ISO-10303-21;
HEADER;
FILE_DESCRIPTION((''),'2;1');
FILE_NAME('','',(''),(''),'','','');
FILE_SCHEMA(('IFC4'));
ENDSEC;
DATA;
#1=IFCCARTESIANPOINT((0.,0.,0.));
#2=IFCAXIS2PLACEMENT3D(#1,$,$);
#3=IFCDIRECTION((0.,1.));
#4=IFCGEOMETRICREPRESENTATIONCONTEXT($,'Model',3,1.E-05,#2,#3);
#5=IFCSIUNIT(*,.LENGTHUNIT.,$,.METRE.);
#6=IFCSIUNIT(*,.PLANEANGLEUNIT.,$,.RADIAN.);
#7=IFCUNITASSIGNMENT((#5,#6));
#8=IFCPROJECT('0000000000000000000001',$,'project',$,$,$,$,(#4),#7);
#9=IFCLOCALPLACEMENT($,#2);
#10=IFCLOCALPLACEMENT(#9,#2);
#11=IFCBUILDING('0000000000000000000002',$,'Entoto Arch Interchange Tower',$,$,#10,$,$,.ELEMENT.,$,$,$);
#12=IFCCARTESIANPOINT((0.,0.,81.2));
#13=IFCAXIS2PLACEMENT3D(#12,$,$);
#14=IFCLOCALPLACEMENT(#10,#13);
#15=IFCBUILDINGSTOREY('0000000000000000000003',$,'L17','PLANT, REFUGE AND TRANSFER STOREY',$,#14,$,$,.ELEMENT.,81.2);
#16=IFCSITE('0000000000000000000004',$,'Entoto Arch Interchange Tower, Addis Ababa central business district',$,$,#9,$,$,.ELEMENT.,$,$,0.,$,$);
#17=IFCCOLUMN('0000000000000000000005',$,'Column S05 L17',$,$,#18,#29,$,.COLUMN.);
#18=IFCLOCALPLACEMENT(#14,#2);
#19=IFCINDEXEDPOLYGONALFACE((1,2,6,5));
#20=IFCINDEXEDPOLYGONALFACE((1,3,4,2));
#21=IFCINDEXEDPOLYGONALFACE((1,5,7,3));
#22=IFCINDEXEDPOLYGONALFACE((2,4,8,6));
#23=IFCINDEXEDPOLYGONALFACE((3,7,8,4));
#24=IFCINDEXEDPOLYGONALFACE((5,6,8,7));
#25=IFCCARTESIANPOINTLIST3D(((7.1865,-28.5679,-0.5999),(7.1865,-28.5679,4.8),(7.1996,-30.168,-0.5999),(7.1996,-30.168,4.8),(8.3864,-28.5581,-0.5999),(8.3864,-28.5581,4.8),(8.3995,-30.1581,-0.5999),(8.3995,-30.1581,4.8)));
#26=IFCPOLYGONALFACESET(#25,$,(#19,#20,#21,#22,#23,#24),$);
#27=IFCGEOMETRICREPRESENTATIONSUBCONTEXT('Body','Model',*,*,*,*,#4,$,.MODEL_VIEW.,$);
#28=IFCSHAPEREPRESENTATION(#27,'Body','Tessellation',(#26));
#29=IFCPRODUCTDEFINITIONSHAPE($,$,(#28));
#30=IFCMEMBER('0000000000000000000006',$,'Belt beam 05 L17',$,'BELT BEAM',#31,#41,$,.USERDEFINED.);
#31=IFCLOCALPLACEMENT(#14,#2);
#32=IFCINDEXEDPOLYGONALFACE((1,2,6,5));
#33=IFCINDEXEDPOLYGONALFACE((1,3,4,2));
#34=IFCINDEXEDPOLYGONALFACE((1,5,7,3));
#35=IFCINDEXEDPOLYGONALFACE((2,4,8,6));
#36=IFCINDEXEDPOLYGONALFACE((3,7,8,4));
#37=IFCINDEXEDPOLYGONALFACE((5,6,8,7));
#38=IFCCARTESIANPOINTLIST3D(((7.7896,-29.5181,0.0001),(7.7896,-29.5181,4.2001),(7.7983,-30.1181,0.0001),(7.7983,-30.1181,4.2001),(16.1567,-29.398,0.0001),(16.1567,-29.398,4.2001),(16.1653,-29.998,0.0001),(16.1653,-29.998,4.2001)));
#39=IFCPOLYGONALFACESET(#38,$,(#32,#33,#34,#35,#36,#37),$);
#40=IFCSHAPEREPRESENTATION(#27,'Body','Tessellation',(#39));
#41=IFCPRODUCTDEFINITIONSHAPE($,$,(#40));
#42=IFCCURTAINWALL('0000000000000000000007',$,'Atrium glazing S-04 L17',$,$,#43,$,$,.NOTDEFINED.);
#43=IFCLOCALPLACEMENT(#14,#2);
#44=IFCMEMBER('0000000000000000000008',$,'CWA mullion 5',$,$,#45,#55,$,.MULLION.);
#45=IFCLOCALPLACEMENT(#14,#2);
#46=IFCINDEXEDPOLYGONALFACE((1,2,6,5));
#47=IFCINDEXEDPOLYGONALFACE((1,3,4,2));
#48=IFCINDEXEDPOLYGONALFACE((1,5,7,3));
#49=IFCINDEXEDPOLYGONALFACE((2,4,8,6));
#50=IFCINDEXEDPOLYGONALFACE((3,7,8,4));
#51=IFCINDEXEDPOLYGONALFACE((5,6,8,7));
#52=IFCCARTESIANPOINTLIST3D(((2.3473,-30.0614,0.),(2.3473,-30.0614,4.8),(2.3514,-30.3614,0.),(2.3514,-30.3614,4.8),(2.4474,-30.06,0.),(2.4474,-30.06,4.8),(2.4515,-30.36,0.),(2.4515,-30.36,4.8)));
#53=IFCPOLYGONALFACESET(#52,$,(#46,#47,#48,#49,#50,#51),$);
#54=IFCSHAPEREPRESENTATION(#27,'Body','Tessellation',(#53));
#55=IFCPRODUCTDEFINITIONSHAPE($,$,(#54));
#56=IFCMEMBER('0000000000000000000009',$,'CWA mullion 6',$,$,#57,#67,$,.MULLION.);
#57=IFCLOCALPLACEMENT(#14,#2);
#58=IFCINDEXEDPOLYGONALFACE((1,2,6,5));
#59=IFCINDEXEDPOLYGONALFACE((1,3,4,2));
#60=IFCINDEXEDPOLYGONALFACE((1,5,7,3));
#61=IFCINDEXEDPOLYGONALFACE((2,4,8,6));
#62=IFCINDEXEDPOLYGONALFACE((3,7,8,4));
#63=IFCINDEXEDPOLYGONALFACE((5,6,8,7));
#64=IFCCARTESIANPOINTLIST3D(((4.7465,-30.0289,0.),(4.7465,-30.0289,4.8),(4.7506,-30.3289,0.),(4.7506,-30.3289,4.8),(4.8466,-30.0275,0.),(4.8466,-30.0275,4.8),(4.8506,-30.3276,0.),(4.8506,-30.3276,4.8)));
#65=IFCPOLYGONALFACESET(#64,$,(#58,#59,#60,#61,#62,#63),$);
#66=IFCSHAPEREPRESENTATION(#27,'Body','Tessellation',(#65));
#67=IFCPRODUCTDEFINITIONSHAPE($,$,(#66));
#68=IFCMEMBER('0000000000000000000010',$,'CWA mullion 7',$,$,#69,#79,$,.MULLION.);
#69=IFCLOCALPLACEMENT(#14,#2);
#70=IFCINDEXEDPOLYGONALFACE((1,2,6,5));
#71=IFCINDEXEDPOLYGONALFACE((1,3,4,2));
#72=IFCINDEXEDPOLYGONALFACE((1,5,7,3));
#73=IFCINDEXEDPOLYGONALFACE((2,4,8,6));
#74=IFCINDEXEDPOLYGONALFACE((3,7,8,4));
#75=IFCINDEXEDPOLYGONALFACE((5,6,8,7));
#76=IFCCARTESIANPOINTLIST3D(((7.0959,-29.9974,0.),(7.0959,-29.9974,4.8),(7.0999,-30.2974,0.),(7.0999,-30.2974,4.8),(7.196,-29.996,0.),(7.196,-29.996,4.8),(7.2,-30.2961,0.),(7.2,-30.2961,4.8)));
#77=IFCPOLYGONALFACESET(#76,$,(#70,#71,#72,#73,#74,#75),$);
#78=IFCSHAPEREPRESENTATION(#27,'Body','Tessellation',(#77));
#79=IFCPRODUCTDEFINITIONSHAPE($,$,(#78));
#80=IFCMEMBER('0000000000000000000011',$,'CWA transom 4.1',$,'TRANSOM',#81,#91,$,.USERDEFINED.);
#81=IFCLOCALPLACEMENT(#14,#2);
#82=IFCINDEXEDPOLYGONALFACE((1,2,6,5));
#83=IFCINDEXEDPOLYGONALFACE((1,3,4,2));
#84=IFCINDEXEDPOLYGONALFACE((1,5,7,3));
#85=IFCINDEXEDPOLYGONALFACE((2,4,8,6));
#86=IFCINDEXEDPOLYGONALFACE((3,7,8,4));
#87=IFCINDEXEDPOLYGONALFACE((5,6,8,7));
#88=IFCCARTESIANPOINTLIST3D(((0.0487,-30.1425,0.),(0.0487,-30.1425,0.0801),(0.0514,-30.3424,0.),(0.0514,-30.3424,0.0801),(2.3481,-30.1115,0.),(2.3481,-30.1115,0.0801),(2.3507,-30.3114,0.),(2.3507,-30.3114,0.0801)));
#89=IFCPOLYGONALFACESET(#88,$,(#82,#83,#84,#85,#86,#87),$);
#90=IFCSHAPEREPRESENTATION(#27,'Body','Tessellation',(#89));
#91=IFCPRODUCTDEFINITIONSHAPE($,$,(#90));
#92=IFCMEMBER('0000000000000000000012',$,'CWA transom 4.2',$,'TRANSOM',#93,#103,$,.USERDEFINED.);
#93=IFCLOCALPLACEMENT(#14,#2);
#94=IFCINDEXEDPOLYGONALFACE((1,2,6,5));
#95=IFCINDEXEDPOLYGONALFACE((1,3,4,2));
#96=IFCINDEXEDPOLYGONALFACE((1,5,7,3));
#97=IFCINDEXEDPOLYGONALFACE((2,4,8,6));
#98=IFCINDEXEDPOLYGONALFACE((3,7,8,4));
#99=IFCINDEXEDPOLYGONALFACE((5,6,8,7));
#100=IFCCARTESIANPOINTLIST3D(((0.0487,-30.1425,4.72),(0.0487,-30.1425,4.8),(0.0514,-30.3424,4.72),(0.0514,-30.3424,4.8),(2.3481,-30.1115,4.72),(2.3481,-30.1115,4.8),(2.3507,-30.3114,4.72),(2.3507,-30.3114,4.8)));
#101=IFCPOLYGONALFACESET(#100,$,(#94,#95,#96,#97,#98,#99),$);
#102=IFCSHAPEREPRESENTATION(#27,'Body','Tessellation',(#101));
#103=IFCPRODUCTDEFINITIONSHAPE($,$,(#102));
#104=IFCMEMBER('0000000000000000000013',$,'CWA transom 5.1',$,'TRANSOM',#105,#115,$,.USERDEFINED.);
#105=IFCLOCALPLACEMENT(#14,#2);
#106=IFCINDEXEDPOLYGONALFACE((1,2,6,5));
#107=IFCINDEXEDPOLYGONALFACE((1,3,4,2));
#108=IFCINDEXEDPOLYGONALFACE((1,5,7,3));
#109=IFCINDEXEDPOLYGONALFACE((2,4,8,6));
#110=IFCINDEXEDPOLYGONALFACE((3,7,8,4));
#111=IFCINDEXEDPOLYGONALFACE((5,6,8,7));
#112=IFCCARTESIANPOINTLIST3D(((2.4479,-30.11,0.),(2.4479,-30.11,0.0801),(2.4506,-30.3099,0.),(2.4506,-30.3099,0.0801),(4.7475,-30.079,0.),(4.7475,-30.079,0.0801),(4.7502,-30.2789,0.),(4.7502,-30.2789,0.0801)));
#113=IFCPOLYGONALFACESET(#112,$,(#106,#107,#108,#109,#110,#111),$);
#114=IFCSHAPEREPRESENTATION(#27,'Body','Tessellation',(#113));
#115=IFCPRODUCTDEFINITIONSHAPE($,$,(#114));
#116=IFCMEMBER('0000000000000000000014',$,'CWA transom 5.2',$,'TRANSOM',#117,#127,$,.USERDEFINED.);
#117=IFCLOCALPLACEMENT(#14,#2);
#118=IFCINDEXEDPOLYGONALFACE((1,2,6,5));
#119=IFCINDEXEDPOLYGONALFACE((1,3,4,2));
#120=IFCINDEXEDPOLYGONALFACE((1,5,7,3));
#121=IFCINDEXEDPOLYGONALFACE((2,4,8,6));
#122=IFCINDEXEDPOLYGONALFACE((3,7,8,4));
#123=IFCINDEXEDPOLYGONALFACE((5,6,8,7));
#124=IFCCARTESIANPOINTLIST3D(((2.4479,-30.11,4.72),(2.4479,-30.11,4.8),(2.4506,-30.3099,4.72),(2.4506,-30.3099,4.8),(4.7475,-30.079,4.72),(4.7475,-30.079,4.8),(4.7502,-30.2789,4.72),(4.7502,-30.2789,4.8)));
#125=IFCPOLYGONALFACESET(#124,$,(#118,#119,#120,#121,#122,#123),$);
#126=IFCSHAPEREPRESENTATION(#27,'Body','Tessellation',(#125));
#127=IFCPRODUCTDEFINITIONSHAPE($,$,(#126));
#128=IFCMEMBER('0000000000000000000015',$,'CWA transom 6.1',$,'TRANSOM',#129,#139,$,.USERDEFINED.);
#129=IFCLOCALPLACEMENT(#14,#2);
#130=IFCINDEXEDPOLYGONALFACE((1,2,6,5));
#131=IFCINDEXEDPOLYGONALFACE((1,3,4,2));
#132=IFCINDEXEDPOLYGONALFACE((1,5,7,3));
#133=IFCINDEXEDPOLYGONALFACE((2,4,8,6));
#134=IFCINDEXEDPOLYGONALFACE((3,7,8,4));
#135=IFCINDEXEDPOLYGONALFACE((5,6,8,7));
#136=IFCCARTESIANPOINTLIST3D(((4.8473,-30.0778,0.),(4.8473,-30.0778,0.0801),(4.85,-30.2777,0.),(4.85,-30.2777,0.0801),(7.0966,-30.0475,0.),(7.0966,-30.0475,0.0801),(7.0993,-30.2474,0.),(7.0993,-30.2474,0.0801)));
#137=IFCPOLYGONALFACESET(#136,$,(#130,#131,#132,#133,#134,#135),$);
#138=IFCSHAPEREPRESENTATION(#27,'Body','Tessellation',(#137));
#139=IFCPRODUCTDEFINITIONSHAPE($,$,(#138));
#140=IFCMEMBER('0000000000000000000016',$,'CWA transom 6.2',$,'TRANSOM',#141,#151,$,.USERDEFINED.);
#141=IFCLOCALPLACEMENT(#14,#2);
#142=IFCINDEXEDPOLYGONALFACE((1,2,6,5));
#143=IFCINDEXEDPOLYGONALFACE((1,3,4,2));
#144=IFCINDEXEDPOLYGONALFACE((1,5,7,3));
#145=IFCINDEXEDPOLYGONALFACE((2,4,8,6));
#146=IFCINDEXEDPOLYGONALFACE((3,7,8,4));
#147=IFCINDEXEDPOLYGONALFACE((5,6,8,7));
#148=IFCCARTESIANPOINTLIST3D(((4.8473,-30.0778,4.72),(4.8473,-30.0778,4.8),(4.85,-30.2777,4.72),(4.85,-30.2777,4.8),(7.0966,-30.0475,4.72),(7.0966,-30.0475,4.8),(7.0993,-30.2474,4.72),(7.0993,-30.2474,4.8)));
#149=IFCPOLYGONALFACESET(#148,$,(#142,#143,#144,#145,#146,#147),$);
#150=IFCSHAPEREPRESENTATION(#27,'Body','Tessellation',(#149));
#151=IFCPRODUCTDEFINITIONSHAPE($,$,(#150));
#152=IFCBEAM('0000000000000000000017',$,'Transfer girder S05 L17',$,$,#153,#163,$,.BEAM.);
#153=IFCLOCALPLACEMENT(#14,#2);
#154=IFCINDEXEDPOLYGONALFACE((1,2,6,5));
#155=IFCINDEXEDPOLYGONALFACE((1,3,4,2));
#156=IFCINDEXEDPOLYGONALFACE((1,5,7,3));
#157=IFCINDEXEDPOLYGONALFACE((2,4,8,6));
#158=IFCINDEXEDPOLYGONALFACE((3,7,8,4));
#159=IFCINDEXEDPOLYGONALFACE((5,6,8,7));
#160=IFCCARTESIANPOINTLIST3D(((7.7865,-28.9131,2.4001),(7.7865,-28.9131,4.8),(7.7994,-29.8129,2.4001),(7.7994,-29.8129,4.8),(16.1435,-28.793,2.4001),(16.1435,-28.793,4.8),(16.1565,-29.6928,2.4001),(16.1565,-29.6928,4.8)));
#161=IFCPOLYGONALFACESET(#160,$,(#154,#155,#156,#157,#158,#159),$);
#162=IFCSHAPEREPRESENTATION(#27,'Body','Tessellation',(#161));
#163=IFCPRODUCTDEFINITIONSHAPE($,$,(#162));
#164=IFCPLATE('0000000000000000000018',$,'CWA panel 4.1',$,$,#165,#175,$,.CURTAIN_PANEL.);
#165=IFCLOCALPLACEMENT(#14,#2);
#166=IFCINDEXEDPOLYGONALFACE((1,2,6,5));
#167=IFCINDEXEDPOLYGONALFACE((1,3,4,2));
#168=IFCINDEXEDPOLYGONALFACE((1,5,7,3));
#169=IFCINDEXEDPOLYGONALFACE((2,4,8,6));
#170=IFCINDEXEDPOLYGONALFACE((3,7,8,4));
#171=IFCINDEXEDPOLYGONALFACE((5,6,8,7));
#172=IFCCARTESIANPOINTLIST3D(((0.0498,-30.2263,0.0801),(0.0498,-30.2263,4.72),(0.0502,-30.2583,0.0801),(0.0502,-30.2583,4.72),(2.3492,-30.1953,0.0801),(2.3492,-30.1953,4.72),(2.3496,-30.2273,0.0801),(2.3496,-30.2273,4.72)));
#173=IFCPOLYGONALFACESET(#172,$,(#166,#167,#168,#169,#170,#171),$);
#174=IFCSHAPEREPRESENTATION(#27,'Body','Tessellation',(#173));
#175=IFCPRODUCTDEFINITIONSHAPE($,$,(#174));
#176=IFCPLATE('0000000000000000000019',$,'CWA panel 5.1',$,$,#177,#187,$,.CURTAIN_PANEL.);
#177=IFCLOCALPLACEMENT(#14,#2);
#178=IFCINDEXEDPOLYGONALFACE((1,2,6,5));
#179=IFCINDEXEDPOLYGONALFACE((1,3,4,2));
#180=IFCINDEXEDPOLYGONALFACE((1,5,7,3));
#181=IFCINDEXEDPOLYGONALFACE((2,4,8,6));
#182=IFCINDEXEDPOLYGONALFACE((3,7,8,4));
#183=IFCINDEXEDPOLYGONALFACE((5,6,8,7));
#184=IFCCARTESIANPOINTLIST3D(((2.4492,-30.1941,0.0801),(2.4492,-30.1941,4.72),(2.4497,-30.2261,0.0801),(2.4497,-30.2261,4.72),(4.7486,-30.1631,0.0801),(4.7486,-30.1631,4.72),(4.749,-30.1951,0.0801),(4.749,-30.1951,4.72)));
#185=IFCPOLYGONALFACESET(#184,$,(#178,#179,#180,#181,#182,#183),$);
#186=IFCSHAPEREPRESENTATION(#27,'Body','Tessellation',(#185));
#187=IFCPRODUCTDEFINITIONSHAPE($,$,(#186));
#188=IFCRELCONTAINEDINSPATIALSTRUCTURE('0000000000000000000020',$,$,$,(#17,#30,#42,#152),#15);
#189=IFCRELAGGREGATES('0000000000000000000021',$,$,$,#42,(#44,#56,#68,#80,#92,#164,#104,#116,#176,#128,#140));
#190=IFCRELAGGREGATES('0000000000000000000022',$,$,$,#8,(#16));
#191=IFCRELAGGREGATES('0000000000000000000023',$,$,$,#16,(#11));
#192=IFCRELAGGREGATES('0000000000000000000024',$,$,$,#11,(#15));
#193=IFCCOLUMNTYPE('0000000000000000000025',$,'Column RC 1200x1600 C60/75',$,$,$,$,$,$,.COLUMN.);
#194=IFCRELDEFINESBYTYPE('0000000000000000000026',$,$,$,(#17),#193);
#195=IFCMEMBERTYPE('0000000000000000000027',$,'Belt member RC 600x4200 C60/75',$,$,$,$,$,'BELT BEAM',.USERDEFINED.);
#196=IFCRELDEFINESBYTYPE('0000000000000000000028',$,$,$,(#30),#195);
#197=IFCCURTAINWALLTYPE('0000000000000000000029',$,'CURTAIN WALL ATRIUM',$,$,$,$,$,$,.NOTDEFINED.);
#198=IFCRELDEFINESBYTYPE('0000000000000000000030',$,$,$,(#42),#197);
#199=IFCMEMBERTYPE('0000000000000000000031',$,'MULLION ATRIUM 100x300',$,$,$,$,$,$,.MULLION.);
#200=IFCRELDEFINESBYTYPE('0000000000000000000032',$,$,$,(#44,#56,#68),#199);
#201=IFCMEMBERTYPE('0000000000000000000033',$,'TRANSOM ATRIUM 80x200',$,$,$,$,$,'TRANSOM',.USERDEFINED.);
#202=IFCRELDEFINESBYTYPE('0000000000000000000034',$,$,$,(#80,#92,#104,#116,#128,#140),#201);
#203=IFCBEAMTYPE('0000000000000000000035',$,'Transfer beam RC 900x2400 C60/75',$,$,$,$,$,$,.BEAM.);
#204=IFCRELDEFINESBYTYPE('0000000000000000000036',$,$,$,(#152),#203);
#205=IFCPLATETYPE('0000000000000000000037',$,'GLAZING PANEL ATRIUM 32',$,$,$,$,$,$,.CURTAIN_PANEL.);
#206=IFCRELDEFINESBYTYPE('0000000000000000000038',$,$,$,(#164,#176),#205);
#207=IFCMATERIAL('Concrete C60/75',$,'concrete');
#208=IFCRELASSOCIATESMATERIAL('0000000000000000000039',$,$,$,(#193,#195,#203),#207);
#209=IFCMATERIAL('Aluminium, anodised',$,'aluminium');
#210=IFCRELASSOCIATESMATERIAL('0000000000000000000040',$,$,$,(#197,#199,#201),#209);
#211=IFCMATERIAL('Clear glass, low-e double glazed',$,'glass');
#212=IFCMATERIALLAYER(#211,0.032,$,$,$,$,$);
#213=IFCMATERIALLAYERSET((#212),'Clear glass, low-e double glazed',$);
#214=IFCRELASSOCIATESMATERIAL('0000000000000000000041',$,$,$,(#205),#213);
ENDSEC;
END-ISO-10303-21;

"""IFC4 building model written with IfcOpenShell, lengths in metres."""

from ifc_helpers import new_model, si_unit, direction, frame, origin, origin_2d, place, context, subcontext, project, spatial, rectangle, extrude, material, layer, layer_set, material_profile, profile_set, type_object, element, aggregate, save


model = new_model("IFC4")

# Units and contexts
model_context = context("Model", 3, precision=1e-05, world=origin(), true_north=direction((0.0, 1.0)))
body_context = subcontext(model_context, "Body", "Model", "MODEL_VIEW")
ifc_project = project(units=[si_unit("LENGTHUNIT", "METRE"), si_unit("PLANEANGLEUNIT", "RADIAN")], contexts=[model_context])

# Site, building, storey
site_placement = place(None, origin())
site = spatial("IfcSite", under=ifc_project, at=site_placement, Name="Entoto Arch Interchange Tower, Addis Ababa central business district", CompositionType="ELEMENT", RefElevation=0.0)
building_placement = place(site_placement, origin())
building = spatial("IfcBuilding", under=site, at=building_placement, Name="Entoto Arch Interchange Tower", CompositionType="ELEMENT")
storey_placement = place(building_placement, frame((0.0, 0.0, 81.2)))
storey = spatial("IfcBuildingStorey", under=building, at=storey_placement, Name="L17", Description="PLANT, REFUGE AND TRANSFER STOREY", CompositionType="ELEMENT", Elevation=81.2)

# Column
ifc_material_1 = material(Name="Concrete C60/75", Category="concrete")
ifc_material_profile_1 = material_profile(ifc_material_1, rectangle(XDim=1.2, YDim=1.6001, at=origin_2d()))
ifc_profile_set_1 = profile_set([ifc_material_profile_1], Name="Concrete C60/75")
column_type = type_object("IfcColumnType", Name="Column RC 1200x1600 C60/75", PredefinedType="COLUMN", material=ifc_profile_set_1)
column_placement = place(storey_placement, frame((7.793, -29.363, -0.5999), z_axis=(0.0, 0.0, 1.0), x_axis=(0.999966, 0.008203, 0.0)))
element("IfcColumn", 1, at=column_placement, inside=storey, type_object=column_type, Name="Column S05 L17", PredefinedType="COLUMN", context=body_context, shape_type="SweptSolid", body=[
    extrude(rectangle(XDim=1.2, YDim=1.6001, at=origin_2d()), origin(), (0.0, 0.0, 1.0), 5.3999),
])

# Member
ifc_material_profile_2 = material_profile(ifc_material_1, rectangle(XDim=0.6001, YDim=4.2, at=origin_2d()))
ifc_profile_set_2 = profile_set([ifc_material_profile_2], Name="Concrete C60/75")
member_type_1 = type_object("IfcMemberType", Name="Belt member RC 600x4200 C60/75", ElementType="BELT BEAM", PredefinedType="USERDEFINED", material=ifc_profile_set_2)
member_1_placement = place(storey_placement, frame((7.7939, -29.8181, 2.1001), z_axis=(0.999897, 0.014355, 0.0), x_axis=(-0.014355, 0.999897, 0.0)))
element("IfcMember", 2, at=member_1_placement, inside=storey, type_object=member_type_1, Name="Belt beam 05 L17", ObjectType="BELT BEAM", PredefinedType="USERDEFINED", context=body_context, shape_type="SweptSolid", body=[
    extrude(rectangle(XDim=0.6001, YDim=4.2, at=origin_2d()), origin(), (0.0, 0.0, 1.0), 8.3679),
])

# Curtain wall, members
ifc_material_2 = material(Name="Aluminium, anodised", Category="aluminium")
curtain_wall_type = type_object("IfcCurtainWallType", Name="CURTAIN WALL ATRIUM", PredefinedType="NOTDEFINED", material=ifc_material_2)
curtain_wall_placement = place(storey_placement, origin())
curtain_wall = element("IfcCurtainWall", 3, at=curtain_wall_placement, inside=storey, type_object=curtain_wall_type, Name="Atrium glazing S-04 L17", PredefinedType="NOTDEFINED")
ifc_material_profile_3 = material_profile(ifc_material_2, rectangle(XDim=0.3, YDim=0.1001, at=origin_2d()))
ifc_profile_set_3 = profile_set([ifc_material_profile_3], Name="Aluminium, anodised")
member_type_2 = type_object("IfcMemberType", Name="MULLION ATRIUM 100x300", PredefinedType="MULLION", material=ifc_profile_set_3)
member_2_placement = place(storey_placement, frame((2.3994, -30.2107, 0.0), z_axis=(0.0, 0.0, 1.0), x_axis=(-0.013475, 0.999909, 0.0)))
member_2 = element("IfcMember", 4, at=member_2_placement, type_object=member_type_2, Name="CWA mullion 5", PredefinedType="MULLION", context=body_context, shape_type="SweptSolid", body=[
    extrude(rectangle(XDim=0.3, YDim=0.1001, at=origin_2d()), origin(), (0.0, 0.0, 1.0), 4.8),
])
member_3_placement = place(storey_placement, frame((4.7986, -30.1782, 0.0), z_axis=(0.0, 0.0, 1.0), x_axis=(-0.013475, 0.999909, 0.0)))
member_3 = element("IfcMember", 5, at=member_3_placement, type_object=member_type_2, Name="CWA mullion 6", PredefinedType="MULLION", context=body_context, shape_type="SweptSolid", body=[
    extrude(rectangle(XDim=0.3, YDim=0.1001, at=origin_2d()), origin(), (0.0, 0.0, 1.0), 4.8),
])
member_4_placement = place(storey_placement, frame((7.1479, -30.1467, 0.0), z_axis=(0.0, 0.0, 1.0), x_axis=(-0.013475, 0.999909, 0.0)))
member_4 = element("IfcMember", 6, at=member_4_placement, type_object=member_type_2, Name="CWA mullion 7", PredefinedType="MULLION", context=body_context, shape_type="SweptSolid", body=[
    extrude(rectangle(XDim=0.3, YDim=0.1001, at=origin_2d()), origin(), (0.0, 0.0, 1.0), 4.8),
])
ifc_material_profile_4 = material_profile(ifc_material_2, rectangle(XDim=0.2, YDim=0.0801, at=origin_2d()))
ifc_profile_set_4 = profile_set([ifc_material_profile_4], Name="Aluminium, anodised")
member_type_3 = type_object("IfcMemberType", Name="TRANSOM ATRIUM 80x200", ElementType="TRANSOM", PredefinedType="USERDEFINED", material=ifc_profile_set_4)
member_5_placement = place(storey_placement, frame((0.05, -30.2424, 0.04), z_axis=(0.999909, 0.013484, 0.0), x_axis=(-0.013484, 0.999909, 0.0)))
member_5 = element("IfcMember", 7, at=member_5_placement, type_object=member_type_3, Name="CWA transom 4.1", ObjectType="TRANSOM", PredefinedType="USERDEFINED", context=body_context, shape_type="SweptSolid", body=[
    extrude(rectangle(XDim=0.2, YDim=0.0801, at=origin_2d()), origin(), (0.0, 0.0, 1.0), 2.2996),
])
member_6_placement = place(storey_placement, frame((0.05, -30.2424, 4.76), z_axis=(0.999909, 0.013484, 0.0), x_axis=(-0.013484, 0.999909, 0.0)))
member_6 = element("IfcMember", 8, at=member_6_placement, type_object=member_type_3, Name="CWA transom 4.2", ObjectType="TRANSOM", PredefinedType="USERDEFINED", context=body_context, shape_type="SweptSolid", body=[
    extrude(rectangle(XDim=0.2, YDim=0.0801, at=origin_2d()), origin(), (0.0, 0.0, 1.0), 2.2996),
])
member_7_placement = place(storey_placement, frame((2.4492, -30.21, 0.04), z_axis=(0.999909, 0.013482, 0.0), x_axis=(-0.013482, 0.999909, 0.0)))
member_7 = element("IfcMember", 9, at=member_7_placement, type_object=member_type_3, Name="CWA transom 5.1", ObjectType="TRANSOM", PredefinedType="USERDEFINED", context=body_context, shape_type="SweptSolid", body=[
    extrude(rectangle(XDim=0.2, YDim=0.0801, at=origin_2d()), origin(), (0.0, 0.0, 1.0), 2.2998),
])
member_8_placement = place(storey_placement, frame((2.4492, -30.21, 4.76), z_axis=(0.999909, 0.013482, 0.0), x_axis=(-0.013482, 0.999909, 0.0)))
member_8 = element("IfcMember", 10, at=member_8_placement, type_object=member_type_3, Name="CWA transom 5.2", ObjectType="TRANSOM", PredefinedType="USERDEFINED", context=body_context, shape_type="SweptSolid", body=[
    extrude(rectangle(XDim=0.2, YDim=0.0801, at=origin_2d()), origin(), (0.0, 0.0, 1.0), 2.2998),
])
member_9_placement = place(storey_placement, frame((4.8486, -30.1777, 0.04), z_axis=(0.999909, 0.013458, 0.0), x_axis=(-0.013458, 0.999909, 0.0)))
member_9 = element("IfcMember", 11, at=member_9_placement, type_object=member_type_3, Name="CWA transom 6.1", ObjectType="TRANSOM", PredefinedType="USERDEFINED", context=body_context, shape_type="SweptSolid", body=[
    extrude(rectangle(XDim=0.2, YDim=0.0801, at=origin_2d()), origin(), (0.0, 0.0, 1.0), 2.2495),
])
member_10_placement = place(storey_placement, frame((4.8486, -30.1777, 4.76), z_axis=(0.999909, 0.013458, 0.0), x_axis=(-0.013458, 0.999909, 0.0)))
member_10 = element("IfcMember", 12, at=member_10_placement, type_object=member_type_3, Name="CWA transom 6.2", ObjectType="TRANSOM", PredefinedType="USERDEFINED", context=body_context, shape_type="SweptSolid", body=[
    extrude(rectangle(XDim=0.2, YDim=0.0801, at=origin_2d()), origin(), (0.0, 0.0, 1.0), 2.2495),
])

# Beam
ifc_material_profile_5 = material_profile(ifc_material_1, rectangle(XDim=0.8999, YDim=2.3999, at=origin_2d()))
ifc_profile_set_5 = profile_set([ifc_material_profile_5], Name="Concrete C60/75")
beam_type = type_object("IfcBeamType", Name="Transfer beam RC 900x2400 C60/75", PredefinedType="BEAM", material=ifc_profile_set_5)
beam_placement = place(storey_placement, frame((7.793, -29.363, 3.6001), z_axis=(0.999897, 0.014372, 0.0), x_axis=(-0.014372, 0.999897, 0.0)))
element("IfcBeam", 13, at=beam_placement, inside=storey, type_object=beam_type, Name="Transfer girder S05 L17", PredefinedType="BEAM", context=body_context, shape_type="SweptSolid", body=[
    extrude(rectangle(XDim=0.8999, YDim=2.3999, at=origin_2d()), origin(), (0.0, 0.0, 1.0), 8.3579),
])

# Plates
ifc_material_3 = material(Name="Clear glass, low-e double glazed", Category="glass")
ifc_layer_1 = layer(ifc_material_3, 0.032)
ifc_layer_set_1 = layer_set([ifc_layer_1], Name="Clear glass, low-e double glazed")
plate_type = type_object("IfcPlateType", Name="GLAZING PANEL ATRIUM 32", PredefinedType="CURTAIN_PANEL", material=ifc_layer_set_1)
plate_1_placement = place(storey_placement, frame((1.1997, -30.2268, 0.0801), z_axis=(0.0, 0.0, 1.0), x_axis=(0.999909, 0.013475, 0.0)))
plate_1 = element("IfcPlate", 14, at=plate_1_placement, type_object=plate_type, Name="CWA panel 4.1", PredefinedType="CURTAIN_PANEL", context=body_context, shape_type="SweptSolid", body=[
    extrude(rectangle(XDim=2.2996, YDim=0.032, at=origin_2d()), origin(), (0.0, 0.0, 1.0), 4.6399),
])
plate_2_placement = place(storey_placement, frame((3.5991, -30.1946, 0.0801), z_axis=(0.0, 0.0, 1.0), x_axis=(0.999909, 0.013475, 0.0)))
plate_2 = element("IfcPlate", 15, at=plate_2_placement, type_object=plate_type, Name="CWA panel 5.1", PredefinedType="CURTAIN_PANEL", context=body_context, shape_type="SweptSolid", body=[
    extrude(rectangle(XDim=2.2996, YDim=0.032, at=origin_2d()), origin(), (0.0, 0.0, 1.0), 4.6399),
])
aggregate(curtain_wall, [member_2, member_3, member_4, member_5, member_6, plate_1, member_7, member_8, plate_2, member_9, member_10])

save(model, "model.ifc")
